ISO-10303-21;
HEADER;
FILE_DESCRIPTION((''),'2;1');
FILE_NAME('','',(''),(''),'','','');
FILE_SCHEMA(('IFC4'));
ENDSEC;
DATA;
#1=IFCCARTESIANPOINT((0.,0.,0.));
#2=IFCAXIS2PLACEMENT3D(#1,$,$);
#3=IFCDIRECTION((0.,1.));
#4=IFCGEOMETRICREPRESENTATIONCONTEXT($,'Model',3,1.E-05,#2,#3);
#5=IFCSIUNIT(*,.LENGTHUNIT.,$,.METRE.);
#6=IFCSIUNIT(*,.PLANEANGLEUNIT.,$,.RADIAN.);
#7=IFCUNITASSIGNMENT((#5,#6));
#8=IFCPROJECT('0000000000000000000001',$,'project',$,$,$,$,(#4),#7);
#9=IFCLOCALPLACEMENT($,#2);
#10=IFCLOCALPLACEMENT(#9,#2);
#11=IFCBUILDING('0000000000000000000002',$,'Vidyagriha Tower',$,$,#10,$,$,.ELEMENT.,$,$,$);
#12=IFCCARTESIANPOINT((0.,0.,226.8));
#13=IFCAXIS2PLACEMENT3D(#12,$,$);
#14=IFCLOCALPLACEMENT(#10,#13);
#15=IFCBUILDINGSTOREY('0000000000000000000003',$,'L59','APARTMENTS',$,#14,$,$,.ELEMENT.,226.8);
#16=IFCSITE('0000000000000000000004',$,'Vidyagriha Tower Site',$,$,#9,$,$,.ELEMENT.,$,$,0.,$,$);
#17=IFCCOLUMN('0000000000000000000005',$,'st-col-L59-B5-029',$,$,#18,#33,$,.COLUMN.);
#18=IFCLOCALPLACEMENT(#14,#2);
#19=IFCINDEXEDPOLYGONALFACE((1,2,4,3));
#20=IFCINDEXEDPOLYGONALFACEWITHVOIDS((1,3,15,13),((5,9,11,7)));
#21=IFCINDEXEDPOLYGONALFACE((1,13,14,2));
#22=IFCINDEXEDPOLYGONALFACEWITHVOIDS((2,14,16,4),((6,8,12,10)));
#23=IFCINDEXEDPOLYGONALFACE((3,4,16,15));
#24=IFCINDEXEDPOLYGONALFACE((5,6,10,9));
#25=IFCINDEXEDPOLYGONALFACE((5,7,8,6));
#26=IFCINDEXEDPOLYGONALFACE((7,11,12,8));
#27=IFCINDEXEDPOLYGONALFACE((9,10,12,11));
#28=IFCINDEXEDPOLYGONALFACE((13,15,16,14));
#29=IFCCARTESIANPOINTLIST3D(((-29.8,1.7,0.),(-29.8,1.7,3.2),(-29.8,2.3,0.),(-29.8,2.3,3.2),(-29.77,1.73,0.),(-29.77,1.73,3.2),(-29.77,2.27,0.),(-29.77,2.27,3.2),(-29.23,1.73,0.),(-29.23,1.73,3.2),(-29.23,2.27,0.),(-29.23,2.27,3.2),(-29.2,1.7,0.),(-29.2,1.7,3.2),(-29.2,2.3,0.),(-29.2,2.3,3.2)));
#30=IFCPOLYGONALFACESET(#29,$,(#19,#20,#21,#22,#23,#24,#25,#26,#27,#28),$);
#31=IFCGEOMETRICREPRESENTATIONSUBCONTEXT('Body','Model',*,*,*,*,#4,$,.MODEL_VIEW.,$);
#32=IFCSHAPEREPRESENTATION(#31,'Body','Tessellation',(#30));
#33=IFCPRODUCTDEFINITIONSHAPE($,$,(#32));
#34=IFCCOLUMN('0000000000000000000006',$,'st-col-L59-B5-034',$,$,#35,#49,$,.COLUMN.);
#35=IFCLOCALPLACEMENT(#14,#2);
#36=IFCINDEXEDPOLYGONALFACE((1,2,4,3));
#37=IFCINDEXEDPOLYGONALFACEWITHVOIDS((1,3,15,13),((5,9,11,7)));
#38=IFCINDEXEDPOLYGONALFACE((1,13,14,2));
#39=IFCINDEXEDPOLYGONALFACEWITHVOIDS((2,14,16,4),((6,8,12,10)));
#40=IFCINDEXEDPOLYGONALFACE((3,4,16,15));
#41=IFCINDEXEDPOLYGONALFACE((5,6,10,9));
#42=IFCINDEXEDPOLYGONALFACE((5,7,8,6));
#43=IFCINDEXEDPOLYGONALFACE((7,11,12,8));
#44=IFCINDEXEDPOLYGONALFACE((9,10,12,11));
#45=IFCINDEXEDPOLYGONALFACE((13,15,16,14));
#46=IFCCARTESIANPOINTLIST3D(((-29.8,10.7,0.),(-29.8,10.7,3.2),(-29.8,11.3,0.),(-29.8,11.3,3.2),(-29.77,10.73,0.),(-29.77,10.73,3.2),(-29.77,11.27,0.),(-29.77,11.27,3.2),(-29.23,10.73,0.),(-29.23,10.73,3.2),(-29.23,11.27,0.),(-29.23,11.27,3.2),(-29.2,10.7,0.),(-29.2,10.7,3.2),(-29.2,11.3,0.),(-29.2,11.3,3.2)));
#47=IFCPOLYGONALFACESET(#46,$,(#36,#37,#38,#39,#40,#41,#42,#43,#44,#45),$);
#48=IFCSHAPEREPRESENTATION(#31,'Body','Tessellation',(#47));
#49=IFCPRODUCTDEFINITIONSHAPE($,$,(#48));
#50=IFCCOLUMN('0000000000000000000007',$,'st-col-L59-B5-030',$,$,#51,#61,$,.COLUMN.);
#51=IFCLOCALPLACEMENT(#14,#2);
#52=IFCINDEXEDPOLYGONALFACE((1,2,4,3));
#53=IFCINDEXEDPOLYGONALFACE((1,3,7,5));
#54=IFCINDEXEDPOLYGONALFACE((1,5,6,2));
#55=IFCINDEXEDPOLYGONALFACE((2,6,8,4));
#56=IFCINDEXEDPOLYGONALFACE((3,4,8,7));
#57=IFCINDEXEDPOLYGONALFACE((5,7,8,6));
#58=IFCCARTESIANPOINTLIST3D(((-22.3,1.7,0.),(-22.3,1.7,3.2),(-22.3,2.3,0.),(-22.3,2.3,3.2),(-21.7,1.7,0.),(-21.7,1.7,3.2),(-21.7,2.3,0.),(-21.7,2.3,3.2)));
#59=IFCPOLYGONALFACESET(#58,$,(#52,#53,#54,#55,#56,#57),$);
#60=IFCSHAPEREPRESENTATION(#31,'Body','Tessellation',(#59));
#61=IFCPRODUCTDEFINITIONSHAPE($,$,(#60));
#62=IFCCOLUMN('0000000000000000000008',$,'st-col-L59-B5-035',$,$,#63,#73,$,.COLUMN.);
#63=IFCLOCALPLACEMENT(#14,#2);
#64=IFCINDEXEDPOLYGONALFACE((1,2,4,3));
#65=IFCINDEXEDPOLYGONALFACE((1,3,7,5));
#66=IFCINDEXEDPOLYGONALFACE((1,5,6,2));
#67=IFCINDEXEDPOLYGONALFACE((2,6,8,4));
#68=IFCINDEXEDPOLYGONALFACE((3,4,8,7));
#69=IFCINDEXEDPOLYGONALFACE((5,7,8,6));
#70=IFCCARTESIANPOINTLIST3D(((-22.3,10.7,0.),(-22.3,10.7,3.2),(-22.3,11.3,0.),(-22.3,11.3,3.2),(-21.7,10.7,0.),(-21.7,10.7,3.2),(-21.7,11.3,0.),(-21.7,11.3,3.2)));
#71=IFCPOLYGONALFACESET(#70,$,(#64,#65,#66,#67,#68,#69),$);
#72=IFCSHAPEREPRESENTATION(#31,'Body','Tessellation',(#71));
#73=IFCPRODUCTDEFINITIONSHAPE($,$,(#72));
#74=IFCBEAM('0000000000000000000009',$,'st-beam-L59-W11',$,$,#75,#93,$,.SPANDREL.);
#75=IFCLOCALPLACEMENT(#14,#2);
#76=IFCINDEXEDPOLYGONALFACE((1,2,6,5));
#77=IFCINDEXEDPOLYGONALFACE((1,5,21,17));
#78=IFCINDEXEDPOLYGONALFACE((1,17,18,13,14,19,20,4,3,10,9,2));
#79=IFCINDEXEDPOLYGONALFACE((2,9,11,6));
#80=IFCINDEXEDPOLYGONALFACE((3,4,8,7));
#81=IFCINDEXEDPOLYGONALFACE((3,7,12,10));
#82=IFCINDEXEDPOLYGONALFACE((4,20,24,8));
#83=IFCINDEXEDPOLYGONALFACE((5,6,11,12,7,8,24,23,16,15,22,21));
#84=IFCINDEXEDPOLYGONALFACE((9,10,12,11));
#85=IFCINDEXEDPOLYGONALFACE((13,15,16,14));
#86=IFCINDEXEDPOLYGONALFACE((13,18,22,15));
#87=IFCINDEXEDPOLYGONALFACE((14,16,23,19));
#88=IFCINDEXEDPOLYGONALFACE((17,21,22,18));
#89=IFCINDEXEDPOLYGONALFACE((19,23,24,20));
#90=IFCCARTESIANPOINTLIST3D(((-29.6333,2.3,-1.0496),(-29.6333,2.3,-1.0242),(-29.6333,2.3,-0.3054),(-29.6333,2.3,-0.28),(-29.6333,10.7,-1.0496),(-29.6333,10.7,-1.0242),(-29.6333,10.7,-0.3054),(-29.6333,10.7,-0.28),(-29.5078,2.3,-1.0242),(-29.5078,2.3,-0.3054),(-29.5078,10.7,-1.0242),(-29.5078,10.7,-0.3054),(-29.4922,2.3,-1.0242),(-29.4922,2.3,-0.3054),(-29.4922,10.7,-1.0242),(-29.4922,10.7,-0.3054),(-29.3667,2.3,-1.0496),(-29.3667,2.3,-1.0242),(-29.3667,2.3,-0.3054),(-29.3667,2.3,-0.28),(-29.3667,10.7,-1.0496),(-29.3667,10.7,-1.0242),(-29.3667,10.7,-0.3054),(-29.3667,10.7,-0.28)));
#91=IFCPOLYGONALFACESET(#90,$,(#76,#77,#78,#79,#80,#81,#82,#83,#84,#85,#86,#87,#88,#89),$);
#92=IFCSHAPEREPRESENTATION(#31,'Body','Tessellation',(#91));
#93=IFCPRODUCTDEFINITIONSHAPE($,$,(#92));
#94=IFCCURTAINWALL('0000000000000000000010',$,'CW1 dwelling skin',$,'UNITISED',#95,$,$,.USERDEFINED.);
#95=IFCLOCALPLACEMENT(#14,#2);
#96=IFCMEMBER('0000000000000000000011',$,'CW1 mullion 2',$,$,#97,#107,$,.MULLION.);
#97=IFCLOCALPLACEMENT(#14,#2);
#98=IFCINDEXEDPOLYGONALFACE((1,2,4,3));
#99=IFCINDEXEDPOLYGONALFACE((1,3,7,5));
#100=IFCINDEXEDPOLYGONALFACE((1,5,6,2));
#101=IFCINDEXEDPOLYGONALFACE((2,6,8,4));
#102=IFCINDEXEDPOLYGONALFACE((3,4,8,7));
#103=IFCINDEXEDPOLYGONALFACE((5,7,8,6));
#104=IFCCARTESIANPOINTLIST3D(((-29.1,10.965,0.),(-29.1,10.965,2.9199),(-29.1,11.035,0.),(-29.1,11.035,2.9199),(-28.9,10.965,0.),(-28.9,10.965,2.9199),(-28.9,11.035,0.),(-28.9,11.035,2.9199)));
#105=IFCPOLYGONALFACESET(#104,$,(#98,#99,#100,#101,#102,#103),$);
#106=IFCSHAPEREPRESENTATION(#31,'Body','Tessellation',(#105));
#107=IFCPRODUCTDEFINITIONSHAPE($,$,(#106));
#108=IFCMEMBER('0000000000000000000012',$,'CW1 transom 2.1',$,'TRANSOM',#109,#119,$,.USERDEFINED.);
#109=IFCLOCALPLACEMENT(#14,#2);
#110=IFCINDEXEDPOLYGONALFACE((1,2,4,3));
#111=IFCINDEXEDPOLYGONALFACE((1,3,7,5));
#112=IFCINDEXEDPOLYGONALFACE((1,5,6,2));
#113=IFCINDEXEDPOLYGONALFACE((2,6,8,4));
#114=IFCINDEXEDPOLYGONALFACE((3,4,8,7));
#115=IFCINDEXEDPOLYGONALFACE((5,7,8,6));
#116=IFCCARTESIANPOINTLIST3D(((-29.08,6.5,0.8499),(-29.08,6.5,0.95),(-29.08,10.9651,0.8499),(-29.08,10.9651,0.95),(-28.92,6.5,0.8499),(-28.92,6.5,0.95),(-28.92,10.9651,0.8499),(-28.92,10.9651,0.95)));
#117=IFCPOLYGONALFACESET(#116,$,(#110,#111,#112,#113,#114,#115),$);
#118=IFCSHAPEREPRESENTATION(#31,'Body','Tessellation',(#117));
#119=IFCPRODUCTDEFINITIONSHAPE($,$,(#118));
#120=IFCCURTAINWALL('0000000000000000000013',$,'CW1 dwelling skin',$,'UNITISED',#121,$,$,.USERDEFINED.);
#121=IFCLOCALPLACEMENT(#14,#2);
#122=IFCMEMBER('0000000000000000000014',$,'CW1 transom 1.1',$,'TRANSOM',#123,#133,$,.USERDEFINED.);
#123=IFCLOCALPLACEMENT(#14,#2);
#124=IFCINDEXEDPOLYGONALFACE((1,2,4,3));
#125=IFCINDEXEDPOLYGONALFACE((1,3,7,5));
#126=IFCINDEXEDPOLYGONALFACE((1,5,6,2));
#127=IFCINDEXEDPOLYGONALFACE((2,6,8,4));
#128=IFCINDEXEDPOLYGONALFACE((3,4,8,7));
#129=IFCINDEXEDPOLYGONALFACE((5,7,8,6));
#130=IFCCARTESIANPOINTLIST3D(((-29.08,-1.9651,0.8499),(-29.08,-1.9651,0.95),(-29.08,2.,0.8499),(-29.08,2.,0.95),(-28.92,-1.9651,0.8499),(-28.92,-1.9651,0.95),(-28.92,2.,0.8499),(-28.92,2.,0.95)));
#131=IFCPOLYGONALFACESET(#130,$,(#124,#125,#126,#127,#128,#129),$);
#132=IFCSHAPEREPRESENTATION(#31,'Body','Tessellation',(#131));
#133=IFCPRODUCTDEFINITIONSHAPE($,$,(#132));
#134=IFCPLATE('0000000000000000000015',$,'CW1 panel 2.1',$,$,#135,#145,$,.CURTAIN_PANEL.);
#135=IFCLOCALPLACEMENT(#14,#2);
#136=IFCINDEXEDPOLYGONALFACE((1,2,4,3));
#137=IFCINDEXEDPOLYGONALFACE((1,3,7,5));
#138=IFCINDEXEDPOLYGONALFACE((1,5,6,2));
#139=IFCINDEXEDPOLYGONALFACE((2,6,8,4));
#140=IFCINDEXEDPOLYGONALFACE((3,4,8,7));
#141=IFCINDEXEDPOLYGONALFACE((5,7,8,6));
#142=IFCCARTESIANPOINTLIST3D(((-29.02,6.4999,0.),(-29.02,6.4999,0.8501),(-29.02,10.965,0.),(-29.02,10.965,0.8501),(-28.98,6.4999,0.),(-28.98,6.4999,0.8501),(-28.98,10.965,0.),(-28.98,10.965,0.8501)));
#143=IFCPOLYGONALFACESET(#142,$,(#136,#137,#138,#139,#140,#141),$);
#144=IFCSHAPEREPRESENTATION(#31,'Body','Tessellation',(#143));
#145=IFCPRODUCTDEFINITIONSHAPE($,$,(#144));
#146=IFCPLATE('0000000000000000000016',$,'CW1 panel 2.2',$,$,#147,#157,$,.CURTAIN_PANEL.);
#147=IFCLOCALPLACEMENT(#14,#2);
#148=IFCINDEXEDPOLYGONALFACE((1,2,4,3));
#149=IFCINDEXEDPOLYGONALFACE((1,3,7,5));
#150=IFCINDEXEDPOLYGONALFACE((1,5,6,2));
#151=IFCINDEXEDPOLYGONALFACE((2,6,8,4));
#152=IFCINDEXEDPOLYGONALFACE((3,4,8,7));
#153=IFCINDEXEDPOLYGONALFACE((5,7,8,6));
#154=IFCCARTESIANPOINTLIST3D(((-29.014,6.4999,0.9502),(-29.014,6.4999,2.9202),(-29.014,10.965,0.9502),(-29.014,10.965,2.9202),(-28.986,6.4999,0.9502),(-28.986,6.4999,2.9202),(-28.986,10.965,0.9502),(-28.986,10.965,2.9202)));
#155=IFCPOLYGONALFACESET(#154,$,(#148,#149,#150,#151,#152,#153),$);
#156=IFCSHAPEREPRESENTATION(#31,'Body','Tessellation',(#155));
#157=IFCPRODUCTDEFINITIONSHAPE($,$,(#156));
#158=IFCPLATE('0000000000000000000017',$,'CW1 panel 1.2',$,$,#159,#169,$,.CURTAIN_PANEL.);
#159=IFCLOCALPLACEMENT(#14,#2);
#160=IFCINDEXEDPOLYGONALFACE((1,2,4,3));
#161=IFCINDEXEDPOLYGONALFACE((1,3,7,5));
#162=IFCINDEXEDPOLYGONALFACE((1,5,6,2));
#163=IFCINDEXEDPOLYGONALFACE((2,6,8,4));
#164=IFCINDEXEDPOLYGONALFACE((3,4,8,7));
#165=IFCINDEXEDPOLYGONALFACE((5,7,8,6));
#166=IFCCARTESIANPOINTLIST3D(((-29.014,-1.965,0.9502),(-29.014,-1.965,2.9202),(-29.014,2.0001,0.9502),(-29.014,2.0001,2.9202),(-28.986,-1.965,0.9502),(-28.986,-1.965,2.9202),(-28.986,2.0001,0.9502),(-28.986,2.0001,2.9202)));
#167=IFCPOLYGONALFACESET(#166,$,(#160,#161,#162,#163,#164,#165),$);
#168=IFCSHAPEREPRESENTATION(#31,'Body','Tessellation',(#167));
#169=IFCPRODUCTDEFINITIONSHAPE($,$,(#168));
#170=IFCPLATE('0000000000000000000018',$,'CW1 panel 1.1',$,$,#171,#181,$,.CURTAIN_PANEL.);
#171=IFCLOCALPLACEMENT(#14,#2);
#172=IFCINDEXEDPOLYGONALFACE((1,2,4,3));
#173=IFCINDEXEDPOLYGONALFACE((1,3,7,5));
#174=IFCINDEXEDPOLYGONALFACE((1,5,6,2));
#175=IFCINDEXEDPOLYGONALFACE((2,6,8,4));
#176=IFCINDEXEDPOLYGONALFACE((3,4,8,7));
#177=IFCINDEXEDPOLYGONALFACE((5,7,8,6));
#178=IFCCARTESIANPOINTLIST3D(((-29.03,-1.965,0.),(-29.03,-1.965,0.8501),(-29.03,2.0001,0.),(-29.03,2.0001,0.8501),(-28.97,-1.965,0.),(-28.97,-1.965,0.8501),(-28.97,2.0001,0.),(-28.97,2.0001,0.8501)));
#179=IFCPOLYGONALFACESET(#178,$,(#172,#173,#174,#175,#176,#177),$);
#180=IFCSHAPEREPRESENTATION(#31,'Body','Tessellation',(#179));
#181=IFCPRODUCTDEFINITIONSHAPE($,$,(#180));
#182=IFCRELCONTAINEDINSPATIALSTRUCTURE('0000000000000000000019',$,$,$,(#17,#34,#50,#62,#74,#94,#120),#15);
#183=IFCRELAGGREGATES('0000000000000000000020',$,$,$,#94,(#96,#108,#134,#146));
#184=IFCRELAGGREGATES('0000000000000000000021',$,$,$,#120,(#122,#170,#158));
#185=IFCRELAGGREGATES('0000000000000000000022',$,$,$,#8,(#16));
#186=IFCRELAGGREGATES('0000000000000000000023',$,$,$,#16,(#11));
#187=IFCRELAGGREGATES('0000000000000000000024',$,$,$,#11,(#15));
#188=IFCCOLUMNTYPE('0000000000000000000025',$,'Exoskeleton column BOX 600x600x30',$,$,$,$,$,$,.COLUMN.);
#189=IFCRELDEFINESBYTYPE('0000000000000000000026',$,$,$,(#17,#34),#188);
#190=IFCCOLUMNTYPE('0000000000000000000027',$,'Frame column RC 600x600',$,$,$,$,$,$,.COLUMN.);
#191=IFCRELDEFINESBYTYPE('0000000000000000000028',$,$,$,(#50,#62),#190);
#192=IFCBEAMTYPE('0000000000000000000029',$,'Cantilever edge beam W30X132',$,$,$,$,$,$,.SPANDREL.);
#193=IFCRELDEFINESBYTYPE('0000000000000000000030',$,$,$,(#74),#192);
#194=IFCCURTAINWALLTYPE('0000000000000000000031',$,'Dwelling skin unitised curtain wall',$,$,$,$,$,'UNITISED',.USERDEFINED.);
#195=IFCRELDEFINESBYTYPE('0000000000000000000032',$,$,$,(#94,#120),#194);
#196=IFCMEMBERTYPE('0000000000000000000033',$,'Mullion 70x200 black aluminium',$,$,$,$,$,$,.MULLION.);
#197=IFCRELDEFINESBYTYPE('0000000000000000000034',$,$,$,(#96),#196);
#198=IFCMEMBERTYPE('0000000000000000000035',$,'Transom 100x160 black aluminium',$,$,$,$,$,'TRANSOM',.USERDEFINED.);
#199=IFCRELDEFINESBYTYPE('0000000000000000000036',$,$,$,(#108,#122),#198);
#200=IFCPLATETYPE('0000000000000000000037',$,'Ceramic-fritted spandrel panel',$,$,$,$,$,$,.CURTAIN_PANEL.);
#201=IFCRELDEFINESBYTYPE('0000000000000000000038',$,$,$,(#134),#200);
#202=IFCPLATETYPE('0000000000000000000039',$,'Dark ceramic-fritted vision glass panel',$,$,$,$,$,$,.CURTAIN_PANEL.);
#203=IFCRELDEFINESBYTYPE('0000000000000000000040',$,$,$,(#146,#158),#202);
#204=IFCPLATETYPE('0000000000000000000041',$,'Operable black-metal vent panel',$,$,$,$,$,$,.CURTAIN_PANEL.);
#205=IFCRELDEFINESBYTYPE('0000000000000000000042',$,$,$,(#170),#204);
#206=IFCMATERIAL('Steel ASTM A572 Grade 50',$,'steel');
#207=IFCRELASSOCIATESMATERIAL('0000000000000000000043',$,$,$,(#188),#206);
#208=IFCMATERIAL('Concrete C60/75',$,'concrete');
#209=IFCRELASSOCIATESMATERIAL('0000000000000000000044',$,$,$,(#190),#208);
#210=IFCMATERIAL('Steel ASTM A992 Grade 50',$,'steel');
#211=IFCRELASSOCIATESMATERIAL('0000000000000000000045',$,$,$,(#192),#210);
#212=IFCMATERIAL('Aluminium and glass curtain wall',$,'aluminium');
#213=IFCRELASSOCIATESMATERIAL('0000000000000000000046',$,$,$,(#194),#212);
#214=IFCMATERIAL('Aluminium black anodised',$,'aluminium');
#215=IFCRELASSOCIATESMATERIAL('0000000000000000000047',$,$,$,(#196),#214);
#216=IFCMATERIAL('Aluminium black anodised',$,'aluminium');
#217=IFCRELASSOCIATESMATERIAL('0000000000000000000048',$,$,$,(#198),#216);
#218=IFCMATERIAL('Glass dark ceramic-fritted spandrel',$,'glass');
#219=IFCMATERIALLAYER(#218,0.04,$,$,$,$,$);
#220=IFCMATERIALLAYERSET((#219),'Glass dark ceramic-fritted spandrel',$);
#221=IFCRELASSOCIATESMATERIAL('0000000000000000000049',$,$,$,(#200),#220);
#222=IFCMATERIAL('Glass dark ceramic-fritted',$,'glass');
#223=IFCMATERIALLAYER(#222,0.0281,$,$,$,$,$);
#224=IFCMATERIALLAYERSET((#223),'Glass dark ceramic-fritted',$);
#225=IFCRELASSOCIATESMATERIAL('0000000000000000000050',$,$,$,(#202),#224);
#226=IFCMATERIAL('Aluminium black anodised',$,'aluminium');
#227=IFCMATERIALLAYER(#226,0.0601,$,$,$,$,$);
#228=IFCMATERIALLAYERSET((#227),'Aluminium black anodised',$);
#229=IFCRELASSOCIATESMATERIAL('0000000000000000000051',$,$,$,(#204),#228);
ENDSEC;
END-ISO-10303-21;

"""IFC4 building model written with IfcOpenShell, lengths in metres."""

from ifc_helpers import new_model, si_unit, direction, frame, origin, origin_2d, place, context, subcontext, project, spatial, rectangle, hollow_rectangle, i_section, extrude, material, layer, layer_set, material_profile, profile_set, type_object, element, aggregate, save


model = new_model("IFC4")

# Units and contexts
model_context = context("Model", 3, precision=1e-05, world=origin(), true_north=direction((0.0, 1.0)))
body_context = subcontext(model_context, "Body", "Model", "MODEL_VIEW")
ifc_project = project(units=[si_unit("LENGTHUNIT", "METRE"), si_unit("PLANEANGLEUNIT", "RADIAN")], contexts=[model_context])

# Site, building, storey
site_placement = place(None, origin())
site = spatial("IfcSite", under=ifc_project, at=site_placement, Name="Vidyagriha Tower Site", CompositionType="ELEMENT", RefElevation=0.0)
building_placement = place(site_placement, origin())
building = spatial("IfcBuilding", under=site, at=building_placement, Name="Vidyagriha Tower", CompositionType="ELEMENT")
storey_placement = place(building_placement, frame((0.0, 0.0, 226.8)))
storey = spatial("IfcBuildingStorey", under=building, at=storey_placement, Name="L59", Description="APARTMENTS", CompositionType="ELEMENT", Elevation=226.8)

# Columns
ifc_material_1 = material(Name="Steel ASTM A572 Grade 50", Category="steel")
ifc_material_profile_1 = material_profile(ifc_material_1, hollow_rectangle(XDim=0.6001, YDim=0.6001, WallThickness=0.03, at=origin_2d()), Name="BOX 600x600x30")
ifc_profile_set_1 = profile_set([ifc_material_profile_1], Name="Steel ASTM A572 Grade 50")
column_type_1 = type_object("IfcColumnType", Name="Exoskeleton column BOX 600x600x30", PredefinedType="COLUMN", material=ifc_profile_set_1)
for number, where, name in (
    (1, (-29.5, 2.0, 0.0), "st-col-L59-B5-029"),
    (2, (-29.5, 11.0, 0.0), "st-col-L59-B5-034"),
):
    element("IfcColumn", number, at=place(storey_placement, frame(where)), inside=storey, type_object=column_type_1, Name=name, PredefinedType="COLUMN", context=body_context, shape_type="SweptSolid", body=[
        extrude(hollow_rectangle(XDim=0.6001, YDim=0.6001, WallThickness=0.03, at=origin_2d()), origin(), (0.0, 0.0, 1.0), 3.2),
    ])
ifc_material_2 = material(Name="Concrete C60/75", Category="concrete")
ifc_material_profile_2 = material_profile(ifc_material_2, rectangle(XDim=0.6001, YDim=0.6001, at=origin_2d()), Name="RC 600x600")
ifc_profile_set_2 = profile_set([ifc_material_profile_2], Name="Concrete C60/75")
column_type_2 = type_object("IfcColumnType", Name="Frame column RC 600x600", PredefinedType="COLUMN", material=ifc_profile_set_2)
for number, where, name in (
    (3, (-22.0, 2.0, 0.0), "st-col-L59-B5-030"),
    (4, (-22.0, 11.0, 0.0), "st-col-L59-B5-035"),
):
    element("IfcColumn", number, at=place(storey_placement, frame(where)), inside=storey, type_object=column_type_2, Name=name, PredefinedType="COLUMN", context=body_context, shape_type="SweptSolid", body=[
        extrude(rectangle(XDim=0.6001, YDim=0.6001, at=origin_2d()), origin(), (0.0, 0.0, 1.0), 3.2),
    ])

# Beam
ifc_material_3 = material(Name="Steel ASTM A992 Grade 50", Category="steel")
ifc_material_profile_3 = material_profile(ifc_material_3, i_section(OverallWidth=0.2666, OverallDepth=0.7695, WebThickness=0.0156, FlangeThickness=0.0254, at=origin_2d()), Name="W30X132")
ifc_profile_set_3 = profile_set([ifc_material_profile_3], Name="Steel ASTM A992 Grade 50")
beam_type = type_object("IfcBeamType", Name="Cantilever edge beam W30X132", PredefinedType="SPANDREL", material=ifc_profile_set_3)
beam_placement = place(storey_placement, frame((-29.5, 2.3, -0.6648), z_axis=(0.0, 1.0, 0.0), x_axis=(-1.0, 0.0, 0.0)))
element("IfcBeam", 5, at=beam_placement, inside=storey, type_object=beam_type, Name="st-beam-L59-W11", PredefinedType="SPANDREL", context=body_context, shape_type="SweptSolid", body=[
    extrude(i_section(OverallWidth=0.2666, OverallDepth=0.7695, WebThickness=0.0156, FlangeThickness=0.0254, at=origin_2d()), origin(), (0.0, 0.0, 1.0), 8.3999),
])

# Curtain wall, members
ifc_material_4 = material(Name="Aluminium and glass curtain wall", Category="aluminium")
curtain_wall_type = type_object("IfcCurtainWallType", Name="Dwelling skin unitised curtain wall", ElementType="UNITISED", PredefinedType="USERDEFINED", material=ifc_material_4)
curtain_wall_1_placement = place(storey_placement, origin())
curtain_wall_1 = element("IfcCurtainWall", 6, at=curtain_wall_1_placement, inside=storey, type_object=curtain_wall_type, Name="CW1 dwelling skin", ObjectType="UNITISED", PredefinedType="USERDEFINED")
ifc_material_5 = material(Name="Aluminium black anodised", Category="aluminium")
ifc_material_profile_4 = material_profile(ifc_material_5, rectangle(XDim=0.2, YDim=0.0701, at=origin_2d()), Name="Mullion 70x200 black aluminium")
ifc_profile_set_4 = profile_set([ifc_material_profile_4], Name="Aluminium black anodised")
member_type_1 = type_object("IfcMemberType", Name="Mullion 70x200 black aluminium", PredefinedType="MULLION", material=ifc_profile_set_4)
member_1_placement = place(storey_placement, frame((-29.0, 11.0, 0.0)))
member_1 = element("IfcMember", 7, at=member_1_placement, type_object=member_type_1, Name="CW1 mullion 2", PredefinedType="MULLION", context=body_context, shape_type="SweptSolid", body=[
    extrude(rectangle(XDim=0.2, YDim=0.0701, at=origin_2d()), origin(), (0.0, 0.0, 1.0), 2.9199),
])
ifc_material_6 = material(Name="Aluminium black anodised", Category="aluminium")
ifc_material_profile_5 = material_profile(ifc_material_6, rectangle(XDim=0.1599, YDim=0.1001, at=origin_2d()), Name="Transom 100x160 black aluminium")
ifc_profile_set_5 = profile_set([ifc_material_profile_5], Name="Aluminium black anodised")
member_type_2 = type_object("IfcMemberType", Name="Transom 100x160 black aluminium", ElementType="TRANSOM", PredefinedType="USERDEFINED", material=ifc_profile_set_5)
member_2_placement = place(storey_placement, frame((-29.0, 10.9651, 0.8999), z_axis=(0.0, -1.0, 0.0), x_axis=(1.0, 0.0, 0.0)))
member_2 = element("IfcMember", 8, at=member_2_placement, type_object=member_type_2, Name="CW1 transom 2.1", ObjectType="TRANSOM", PredefinedType="USERDEFINED", context=body_context, shape_type="SweptSolid", body=[
    extrude(rectangle(XDim=0.1599, YDim=0.1001, at=origin_2d()), origin(), (0.0, 0.0, 1.0), 4.4651),
])

# Curtain wall, member
curtain_wall_2_placement = place(storey_placement, origin())
curtain_wall_2 = element("IfcCurtainWall", 9, at=curtain_wall_2_placement, inside=storey, type_object=curtain_wall_type, Name="CW1 dwelling skin", ObjectType="UNITISED", PredefinedType="USERDEFINED")
member_3_placement = place(storey_placement, frame((-29.0, 2.0, 0.8999), z_axis=(0.0, -1.0, 0.0), x_axis=(1.0, 0.0, 0.0)))
member_3 = element("IfcMember", 10, at=member_3_placement, type_object=member_type_2, Name="CW1 transom 1.1", ObjectType="TRANSOM", PredefinedType="USERDEFINED", context=body_context, shape_type="SweptSolid", body=[
    extrude(rectangle(XDim=0.1599, YDim=0.1001, at=origin_2d()), origin(), (0.0, 0.0, 1.0), 3.9651),
])

# Plates
ifc_material_7 = material(Name="Glass dark ceramic-fritted spandrel", Category="glass")
ifc_layer_1 = layer(ifc_material_7, 0.04)
ifc_layer_set_1 = layer_set([ifc_layer_1], Name="Glass dark ceramic-fritted spandrel")
plate_type_1 = type_object("IfcPlateType", Name="Ceramic-fritted spandrel panel", PredefinedType="CURTAIN_PANEL", material=ifc_layer_set_1)
plate_1_placement = place(storey_placement, frame((-29.0, 8.7324, 0.0), z_axis=(0.0, 0.0, 1.0), x_axis=(0.0, -1.0, 0.0)))
plate_1 = element("IfcPlate", 11, at=plate_1_placement, type_object=plate_type_1, Name="CW1 panel 2.1", PredefinedType="CURTAIN_PANEL", context=body_context, shape_type="SweptSolid", body=[
    extrude(rectangle(XDim=4.4651, YDim=0.04, at=origin_2d()), origin(), (0.0, 0.0, 1.0), 0.8501),
])
ifc_material_8 = material(Name="Glass dark ceramic-fritted", Category="glass")
ifc_layer_2 = layer(ifc_material_8, 0.0281)
ifc_layer_set_2 = layer_set([ifc_layer_2], Name="Glass dark ceramic-fritted")
plate_type_2 = type_object("IfcPlateType", Name="Dark ceramic-fritted vision glass panel", PredefinedType="CURTAIN_PANEL", material=ifc_layer_set_2)
plate_2_placement = place(storey_placement, frame((-29.0, 8.7324, 0.9502), z_axis=(0.0, 0.0, 1.0), x_axis=(0.0, -1.0, 0.0)))
plate_2 = element("IfcPlate", 12, at=plate_2_placement, type_object=plate_type_2, Name="CW1 panel 2.2", PredefinedType="CURTAIN_PANEL", context=body_context, shape_type="SweptSolid", body=[
    extrude(rectangle(XDim=4.4651, YDim=0.0281, at=origin_2d()), origin(), (0.0, 0.0, 1.0), 1.97),
])
aggregate(curtain_wall_1, [member_1, member_2, plate_1, plate_2])
plate_3_placement = place(storey_placement, frame((-29.0, 0.0176, 0.9502), z_axis=(0.0, 0.0, 1.0), x_axis=(0.0, -1.0, 0.0)))
plate_3 = element("IfcPlate", 13, at=plate_3_placement, type_object=plate_type_2, Name="CW1 panel 1.2", PredefinedType="CURTAIN_PANEL", context=body_context, shape_type="SweptSolid", body=[
    extrude(rectangle(XDim=3.9651, YDim=0.0281, at=origin_2d()), origin(), (0.0, 0.0, 1.0), 1.97),
])
ifc_material_9 = material(Name="Aluminium black anodised", Category="aluminium")
ifc_layer_3 = layer(ifc_material_9, 0.0601)
ifc_layer_set_3 = layer_set([ifc_layer_3], Name="Aluminium black anodised")
plate_type_3 = type_object("IfcPlateType", Name="Operable black-metal vent panel", PredefinedType="CURTAIN_PANEL", material=ifc_layer_set_3)
plate_4_placement = place(storey_placement, frame((-29.0, 0.0176, 0.0), z_axis=(0.0, 0.0, 1.0), x_axis=(0.0, -1.0, 0.0)))
plate_4 = element("IfcPlate", 14, at=plate_4_placement, type_object=plate_type_3, Name="CW1 panel 1.1", PredefinedType="CURTAIN_PANEL", context=body_context, shape_type="SweptSolid", body=[
    extrude(rectangle(XDim=3.9651, YDim=0.0601, at=origin_2d()), origin(), (0.0, 0.0, 1.0), 0.8501),
])
aggregate(curtain_wall_2, [member_3, plate_4, plate_3])

save(model, "model.ifc")
